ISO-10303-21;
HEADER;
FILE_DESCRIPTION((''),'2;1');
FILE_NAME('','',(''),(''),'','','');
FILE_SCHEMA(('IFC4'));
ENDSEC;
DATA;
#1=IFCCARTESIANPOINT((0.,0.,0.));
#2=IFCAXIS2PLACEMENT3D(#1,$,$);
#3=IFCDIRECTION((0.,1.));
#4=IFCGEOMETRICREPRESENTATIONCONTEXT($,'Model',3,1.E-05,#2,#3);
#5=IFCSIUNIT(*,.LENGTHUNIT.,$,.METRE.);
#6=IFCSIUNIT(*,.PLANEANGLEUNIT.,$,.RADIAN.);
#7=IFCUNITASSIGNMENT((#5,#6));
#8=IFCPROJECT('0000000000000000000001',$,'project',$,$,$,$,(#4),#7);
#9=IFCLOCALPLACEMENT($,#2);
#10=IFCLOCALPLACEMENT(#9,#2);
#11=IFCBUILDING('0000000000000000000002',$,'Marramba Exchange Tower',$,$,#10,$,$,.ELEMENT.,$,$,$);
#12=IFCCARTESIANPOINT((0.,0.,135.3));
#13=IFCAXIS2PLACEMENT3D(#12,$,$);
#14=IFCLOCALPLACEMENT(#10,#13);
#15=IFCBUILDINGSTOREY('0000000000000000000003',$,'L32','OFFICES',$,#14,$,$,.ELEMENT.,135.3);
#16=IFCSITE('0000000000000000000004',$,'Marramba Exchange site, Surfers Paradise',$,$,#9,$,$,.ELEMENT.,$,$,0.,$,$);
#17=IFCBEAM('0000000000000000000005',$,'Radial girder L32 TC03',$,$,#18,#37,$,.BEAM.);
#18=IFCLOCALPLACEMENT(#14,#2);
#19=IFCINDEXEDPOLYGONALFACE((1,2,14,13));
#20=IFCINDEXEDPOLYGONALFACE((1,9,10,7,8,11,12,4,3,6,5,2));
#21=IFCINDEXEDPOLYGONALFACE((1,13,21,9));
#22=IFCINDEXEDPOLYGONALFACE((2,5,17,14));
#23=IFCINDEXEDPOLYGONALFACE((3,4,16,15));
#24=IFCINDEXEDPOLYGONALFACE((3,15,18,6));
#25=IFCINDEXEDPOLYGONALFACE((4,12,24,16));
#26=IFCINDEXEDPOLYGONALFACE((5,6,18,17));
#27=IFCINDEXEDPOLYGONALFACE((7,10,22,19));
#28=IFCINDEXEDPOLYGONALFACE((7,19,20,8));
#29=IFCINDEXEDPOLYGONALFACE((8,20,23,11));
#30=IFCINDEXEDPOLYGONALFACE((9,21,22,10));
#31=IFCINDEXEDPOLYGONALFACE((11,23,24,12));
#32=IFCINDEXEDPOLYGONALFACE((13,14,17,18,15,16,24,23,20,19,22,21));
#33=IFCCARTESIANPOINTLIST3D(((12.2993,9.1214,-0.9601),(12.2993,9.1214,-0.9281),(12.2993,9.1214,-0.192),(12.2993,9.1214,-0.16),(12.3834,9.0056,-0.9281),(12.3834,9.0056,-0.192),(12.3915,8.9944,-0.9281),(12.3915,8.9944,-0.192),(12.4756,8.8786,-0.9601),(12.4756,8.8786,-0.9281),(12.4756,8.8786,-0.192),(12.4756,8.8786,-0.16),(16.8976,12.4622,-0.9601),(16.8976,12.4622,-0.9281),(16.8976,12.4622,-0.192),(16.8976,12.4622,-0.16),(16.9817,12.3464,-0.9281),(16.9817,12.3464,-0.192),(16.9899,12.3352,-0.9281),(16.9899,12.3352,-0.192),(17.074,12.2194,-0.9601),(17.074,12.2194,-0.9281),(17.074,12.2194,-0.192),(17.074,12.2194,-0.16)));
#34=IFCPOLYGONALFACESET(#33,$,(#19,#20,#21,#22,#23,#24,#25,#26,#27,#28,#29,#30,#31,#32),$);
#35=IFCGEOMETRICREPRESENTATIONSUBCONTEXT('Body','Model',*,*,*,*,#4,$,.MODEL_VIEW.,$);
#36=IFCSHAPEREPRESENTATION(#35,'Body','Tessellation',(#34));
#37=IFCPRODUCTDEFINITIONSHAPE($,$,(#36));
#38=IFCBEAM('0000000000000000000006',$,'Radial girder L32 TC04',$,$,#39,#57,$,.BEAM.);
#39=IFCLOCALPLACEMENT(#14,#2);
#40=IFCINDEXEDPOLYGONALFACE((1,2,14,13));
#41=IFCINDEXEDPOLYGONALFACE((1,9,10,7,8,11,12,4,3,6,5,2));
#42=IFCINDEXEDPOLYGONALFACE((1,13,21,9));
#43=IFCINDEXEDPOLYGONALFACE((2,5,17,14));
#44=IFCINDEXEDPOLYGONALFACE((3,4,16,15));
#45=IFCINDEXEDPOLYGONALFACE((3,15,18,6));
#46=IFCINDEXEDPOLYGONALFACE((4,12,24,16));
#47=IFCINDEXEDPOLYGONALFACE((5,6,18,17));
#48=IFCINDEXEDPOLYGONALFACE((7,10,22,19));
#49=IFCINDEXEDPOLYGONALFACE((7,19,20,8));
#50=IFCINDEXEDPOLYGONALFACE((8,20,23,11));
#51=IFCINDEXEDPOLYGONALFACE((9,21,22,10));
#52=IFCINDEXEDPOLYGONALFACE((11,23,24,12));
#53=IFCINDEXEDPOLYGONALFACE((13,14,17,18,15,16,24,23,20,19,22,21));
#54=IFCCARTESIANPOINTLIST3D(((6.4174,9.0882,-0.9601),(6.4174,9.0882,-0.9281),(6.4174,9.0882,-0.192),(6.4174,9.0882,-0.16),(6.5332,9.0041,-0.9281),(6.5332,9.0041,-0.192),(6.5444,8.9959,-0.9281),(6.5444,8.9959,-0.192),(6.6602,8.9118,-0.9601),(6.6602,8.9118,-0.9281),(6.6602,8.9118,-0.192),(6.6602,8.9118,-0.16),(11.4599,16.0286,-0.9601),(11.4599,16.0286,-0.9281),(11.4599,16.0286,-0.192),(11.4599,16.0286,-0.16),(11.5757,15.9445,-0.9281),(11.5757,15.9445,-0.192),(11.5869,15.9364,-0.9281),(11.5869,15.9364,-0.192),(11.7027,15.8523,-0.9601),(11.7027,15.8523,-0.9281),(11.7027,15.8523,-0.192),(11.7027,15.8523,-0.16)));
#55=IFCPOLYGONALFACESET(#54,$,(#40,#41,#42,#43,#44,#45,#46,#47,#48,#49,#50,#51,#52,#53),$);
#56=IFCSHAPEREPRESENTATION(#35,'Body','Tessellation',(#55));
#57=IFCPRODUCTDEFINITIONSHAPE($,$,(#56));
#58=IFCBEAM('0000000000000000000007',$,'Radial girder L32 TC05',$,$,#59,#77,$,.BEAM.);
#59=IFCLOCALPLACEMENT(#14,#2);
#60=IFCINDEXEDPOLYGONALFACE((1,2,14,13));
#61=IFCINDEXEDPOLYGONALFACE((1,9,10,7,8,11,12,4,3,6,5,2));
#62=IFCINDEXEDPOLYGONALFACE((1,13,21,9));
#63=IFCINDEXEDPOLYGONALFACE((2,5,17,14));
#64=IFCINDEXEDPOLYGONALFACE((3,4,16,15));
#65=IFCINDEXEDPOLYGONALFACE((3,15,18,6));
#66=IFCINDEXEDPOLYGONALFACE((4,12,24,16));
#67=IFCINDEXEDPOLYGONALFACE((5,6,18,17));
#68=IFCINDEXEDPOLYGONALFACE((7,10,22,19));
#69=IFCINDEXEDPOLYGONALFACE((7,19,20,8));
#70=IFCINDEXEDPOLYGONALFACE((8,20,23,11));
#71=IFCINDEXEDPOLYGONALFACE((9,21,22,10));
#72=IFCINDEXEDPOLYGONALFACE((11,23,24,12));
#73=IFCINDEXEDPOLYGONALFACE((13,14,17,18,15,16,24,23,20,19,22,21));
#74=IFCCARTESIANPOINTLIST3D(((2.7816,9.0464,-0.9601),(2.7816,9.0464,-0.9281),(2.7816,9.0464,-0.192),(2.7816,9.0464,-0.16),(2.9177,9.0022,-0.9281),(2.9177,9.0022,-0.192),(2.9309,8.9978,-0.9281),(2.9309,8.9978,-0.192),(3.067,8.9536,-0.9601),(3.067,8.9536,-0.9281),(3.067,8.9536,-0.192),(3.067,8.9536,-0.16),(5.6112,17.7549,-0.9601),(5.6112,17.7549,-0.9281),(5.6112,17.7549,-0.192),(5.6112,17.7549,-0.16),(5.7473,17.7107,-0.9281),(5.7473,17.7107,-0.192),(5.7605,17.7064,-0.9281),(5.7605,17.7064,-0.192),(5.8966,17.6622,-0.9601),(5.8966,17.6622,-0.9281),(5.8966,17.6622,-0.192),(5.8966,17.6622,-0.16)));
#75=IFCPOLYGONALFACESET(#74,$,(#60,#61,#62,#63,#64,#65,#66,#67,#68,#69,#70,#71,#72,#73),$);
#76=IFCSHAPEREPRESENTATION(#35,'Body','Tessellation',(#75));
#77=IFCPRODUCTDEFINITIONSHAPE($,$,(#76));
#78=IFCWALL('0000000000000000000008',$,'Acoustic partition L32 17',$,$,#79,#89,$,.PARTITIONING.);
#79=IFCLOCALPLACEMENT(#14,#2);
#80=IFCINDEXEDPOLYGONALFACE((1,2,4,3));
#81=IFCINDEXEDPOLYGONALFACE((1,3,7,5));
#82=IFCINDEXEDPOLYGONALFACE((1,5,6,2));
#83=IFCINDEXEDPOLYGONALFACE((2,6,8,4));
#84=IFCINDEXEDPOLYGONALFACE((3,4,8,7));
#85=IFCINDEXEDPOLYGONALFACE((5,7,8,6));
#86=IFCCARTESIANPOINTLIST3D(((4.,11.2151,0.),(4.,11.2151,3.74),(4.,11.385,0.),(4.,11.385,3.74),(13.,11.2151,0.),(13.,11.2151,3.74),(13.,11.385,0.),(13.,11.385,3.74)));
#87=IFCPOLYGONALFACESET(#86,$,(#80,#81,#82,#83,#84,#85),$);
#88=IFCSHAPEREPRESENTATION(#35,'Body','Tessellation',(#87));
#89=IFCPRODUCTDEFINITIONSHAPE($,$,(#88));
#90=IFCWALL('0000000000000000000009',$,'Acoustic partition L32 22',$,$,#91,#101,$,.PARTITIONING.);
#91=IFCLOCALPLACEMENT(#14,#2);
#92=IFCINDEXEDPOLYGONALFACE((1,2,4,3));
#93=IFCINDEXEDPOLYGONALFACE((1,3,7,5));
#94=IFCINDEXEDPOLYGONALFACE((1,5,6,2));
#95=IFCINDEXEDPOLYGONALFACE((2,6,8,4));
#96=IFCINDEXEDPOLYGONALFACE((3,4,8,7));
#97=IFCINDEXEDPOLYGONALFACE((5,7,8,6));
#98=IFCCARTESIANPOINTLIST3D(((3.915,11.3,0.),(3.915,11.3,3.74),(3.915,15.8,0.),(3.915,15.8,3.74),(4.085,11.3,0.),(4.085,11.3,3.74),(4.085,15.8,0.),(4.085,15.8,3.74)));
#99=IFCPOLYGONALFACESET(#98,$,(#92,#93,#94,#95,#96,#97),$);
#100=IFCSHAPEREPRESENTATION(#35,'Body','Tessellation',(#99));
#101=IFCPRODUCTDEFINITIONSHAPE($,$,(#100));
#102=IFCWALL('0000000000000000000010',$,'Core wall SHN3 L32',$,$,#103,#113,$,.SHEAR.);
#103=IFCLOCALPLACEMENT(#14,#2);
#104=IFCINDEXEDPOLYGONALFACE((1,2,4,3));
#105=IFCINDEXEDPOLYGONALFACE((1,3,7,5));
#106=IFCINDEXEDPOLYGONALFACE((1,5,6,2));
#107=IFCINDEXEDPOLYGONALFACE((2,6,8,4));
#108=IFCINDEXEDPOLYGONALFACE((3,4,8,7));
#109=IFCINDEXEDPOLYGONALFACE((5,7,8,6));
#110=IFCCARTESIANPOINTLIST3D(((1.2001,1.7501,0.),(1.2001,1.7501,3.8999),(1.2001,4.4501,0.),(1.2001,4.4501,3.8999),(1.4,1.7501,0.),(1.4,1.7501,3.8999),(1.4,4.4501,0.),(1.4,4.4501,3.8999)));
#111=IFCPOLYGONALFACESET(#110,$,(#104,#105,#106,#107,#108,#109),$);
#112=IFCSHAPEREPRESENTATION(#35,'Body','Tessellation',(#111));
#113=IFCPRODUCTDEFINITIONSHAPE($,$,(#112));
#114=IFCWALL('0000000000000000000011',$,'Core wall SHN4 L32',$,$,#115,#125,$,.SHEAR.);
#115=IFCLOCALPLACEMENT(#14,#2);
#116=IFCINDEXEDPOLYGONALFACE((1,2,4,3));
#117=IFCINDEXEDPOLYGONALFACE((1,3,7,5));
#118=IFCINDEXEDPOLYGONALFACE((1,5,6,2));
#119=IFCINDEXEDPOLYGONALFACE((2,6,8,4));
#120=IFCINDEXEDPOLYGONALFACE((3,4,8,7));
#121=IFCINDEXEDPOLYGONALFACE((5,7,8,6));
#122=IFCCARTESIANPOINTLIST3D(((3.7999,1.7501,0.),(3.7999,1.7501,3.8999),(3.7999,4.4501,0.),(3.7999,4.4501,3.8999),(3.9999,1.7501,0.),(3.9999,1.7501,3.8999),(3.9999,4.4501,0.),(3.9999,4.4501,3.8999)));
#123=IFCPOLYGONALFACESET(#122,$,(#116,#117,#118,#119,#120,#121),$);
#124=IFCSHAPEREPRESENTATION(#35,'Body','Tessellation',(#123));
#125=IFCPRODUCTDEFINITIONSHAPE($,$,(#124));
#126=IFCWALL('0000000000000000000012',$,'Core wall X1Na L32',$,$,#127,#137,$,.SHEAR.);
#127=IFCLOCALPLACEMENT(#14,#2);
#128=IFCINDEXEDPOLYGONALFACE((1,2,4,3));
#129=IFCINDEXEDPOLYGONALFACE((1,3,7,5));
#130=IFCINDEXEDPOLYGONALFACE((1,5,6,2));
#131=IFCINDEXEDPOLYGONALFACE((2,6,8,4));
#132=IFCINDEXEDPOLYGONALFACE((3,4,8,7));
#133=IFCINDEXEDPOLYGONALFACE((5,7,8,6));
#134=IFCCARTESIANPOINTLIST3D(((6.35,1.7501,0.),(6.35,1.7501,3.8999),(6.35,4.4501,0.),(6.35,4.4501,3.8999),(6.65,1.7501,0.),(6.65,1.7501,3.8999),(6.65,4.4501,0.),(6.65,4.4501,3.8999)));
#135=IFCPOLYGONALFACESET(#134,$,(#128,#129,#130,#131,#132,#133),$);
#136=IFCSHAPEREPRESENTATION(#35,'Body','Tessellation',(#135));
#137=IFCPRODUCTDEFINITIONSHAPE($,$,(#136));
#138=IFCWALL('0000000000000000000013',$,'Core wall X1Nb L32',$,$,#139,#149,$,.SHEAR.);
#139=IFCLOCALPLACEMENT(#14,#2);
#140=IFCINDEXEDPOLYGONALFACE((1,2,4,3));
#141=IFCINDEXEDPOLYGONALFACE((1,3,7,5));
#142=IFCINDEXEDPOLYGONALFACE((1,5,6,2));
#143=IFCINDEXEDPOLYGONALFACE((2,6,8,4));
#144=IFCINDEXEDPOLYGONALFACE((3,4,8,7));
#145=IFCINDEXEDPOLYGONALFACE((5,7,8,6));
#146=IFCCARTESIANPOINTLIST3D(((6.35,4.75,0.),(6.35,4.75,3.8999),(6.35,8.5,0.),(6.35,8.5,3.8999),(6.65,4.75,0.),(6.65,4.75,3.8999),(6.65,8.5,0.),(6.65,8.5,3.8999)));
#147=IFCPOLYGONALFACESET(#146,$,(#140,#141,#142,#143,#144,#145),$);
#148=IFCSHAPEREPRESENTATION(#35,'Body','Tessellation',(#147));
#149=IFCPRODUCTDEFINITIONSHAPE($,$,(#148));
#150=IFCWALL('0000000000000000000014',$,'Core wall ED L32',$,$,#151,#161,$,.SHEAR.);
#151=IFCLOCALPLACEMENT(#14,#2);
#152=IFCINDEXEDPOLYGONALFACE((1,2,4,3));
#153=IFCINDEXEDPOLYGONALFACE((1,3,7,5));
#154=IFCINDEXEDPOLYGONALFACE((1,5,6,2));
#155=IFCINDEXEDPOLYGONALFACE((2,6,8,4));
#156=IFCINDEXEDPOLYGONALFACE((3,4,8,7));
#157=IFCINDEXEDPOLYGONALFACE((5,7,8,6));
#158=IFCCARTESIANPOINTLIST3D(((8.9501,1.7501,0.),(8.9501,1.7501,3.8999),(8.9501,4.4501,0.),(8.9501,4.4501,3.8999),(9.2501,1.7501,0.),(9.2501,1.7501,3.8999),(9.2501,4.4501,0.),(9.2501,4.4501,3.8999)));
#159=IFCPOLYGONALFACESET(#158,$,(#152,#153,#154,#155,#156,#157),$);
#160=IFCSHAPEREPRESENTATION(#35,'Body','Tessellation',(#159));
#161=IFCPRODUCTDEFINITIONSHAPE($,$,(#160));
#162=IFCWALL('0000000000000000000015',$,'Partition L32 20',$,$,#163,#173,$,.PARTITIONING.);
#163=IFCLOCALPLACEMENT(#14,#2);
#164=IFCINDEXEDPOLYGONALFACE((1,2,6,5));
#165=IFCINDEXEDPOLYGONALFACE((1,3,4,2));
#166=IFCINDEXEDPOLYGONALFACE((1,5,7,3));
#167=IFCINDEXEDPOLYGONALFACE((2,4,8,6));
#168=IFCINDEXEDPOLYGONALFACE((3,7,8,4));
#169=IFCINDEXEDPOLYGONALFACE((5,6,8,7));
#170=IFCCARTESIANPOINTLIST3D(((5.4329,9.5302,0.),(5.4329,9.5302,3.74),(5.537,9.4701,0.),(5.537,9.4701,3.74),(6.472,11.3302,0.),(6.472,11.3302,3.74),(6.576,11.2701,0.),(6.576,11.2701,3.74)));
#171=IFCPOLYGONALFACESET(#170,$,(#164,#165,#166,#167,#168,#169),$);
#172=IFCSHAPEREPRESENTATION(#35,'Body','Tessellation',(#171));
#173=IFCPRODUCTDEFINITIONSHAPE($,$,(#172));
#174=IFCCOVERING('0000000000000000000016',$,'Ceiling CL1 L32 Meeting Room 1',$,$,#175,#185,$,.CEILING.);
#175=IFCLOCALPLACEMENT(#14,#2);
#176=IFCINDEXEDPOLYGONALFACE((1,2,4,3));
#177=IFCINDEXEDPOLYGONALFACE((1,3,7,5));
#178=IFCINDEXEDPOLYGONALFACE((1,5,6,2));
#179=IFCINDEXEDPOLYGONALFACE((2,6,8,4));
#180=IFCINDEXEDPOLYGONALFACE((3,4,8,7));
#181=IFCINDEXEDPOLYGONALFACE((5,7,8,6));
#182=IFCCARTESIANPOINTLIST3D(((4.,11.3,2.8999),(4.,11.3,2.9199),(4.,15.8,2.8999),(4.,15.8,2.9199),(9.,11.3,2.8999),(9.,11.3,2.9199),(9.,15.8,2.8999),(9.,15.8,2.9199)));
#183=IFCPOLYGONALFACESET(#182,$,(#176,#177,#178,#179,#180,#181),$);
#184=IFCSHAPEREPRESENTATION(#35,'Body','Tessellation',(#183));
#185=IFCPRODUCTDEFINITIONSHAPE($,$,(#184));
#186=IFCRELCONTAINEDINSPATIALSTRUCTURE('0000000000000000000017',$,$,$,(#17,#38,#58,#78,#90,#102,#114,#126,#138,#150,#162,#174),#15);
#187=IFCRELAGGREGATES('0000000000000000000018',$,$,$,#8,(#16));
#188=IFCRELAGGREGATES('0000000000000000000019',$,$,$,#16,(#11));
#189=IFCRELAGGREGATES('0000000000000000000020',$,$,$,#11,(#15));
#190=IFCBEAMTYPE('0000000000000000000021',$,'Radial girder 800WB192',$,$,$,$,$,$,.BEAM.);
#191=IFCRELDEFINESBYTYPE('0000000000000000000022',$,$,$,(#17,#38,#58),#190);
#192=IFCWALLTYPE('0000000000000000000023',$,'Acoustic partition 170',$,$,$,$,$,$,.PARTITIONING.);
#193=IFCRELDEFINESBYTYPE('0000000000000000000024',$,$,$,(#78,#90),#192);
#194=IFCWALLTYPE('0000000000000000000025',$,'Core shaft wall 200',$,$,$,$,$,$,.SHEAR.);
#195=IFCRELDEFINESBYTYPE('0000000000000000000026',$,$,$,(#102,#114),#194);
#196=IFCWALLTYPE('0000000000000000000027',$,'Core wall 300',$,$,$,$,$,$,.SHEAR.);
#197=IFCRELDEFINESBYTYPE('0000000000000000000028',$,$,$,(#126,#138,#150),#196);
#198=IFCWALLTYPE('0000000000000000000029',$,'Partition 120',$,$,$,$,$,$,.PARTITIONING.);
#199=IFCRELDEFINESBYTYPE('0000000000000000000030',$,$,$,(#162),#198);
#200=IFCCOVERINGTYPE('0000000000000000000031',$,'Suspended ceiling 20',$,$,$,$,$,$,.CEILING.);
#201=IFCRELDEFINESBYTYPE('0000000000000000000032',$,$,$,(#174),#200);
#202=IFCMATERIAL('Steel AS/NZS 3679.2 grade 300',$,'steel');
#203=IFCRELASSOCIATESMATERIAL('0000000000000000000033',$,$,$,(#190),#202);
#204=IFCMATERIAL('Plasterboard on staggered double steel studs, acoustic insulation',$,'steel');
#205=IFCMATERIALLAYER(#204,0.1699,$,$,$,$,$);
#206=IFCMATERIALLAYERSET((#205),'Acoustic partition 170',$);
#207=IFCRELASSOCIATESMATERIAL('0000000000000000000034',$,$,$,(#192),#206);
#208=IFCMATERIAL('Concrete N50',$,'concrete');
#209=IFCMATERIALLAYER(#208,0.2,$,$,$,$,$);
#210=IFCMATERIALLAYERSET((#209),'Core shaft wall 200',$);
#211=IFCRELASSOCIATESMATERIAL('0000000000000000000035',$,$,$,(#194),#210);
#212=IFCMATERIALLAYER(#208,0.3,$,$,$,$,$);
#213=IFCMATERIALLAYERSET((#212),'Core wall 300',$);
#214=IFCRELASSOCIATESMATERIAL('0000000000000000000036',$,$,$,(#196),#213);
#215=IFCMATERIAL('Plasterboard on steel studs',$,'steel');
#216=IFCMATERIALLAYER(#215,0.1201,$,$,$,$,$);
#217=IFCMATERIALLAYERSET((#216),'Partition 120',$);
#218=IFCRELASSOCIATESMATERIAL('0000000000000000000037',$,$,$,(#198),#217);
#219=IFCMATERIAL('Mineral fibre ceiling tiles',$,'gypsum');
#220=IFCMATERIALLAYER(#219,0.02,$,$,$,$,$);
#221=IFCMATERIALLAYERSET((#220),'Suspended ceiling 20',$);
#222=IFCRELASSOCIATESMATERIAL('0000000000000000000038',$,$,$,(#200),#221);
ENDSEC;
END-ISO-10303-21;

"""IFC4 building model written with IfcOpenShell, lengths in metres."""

from ifc_helpers import new_model, si_unit, direction, frame, frame_2d, origin, origin_2d, place, context, subcontext, project, spatial, polyline, rectangle, i_section, outline, extrude, material, layer, layer_set, material_profile, profile_set, type_object, element, save


model = new_model("IFC4")

# Units and contexts
model_context = context("Model", 3, precision=1e-05, world=origin(), true_north=direction((0.0, 1.0)))
body_context = subcontext(model_context, "Body", "Model", "MODEL_VIEW")
ifc_project = project(units=[si_unit("LENGTHUNIT", "METRE"), si_unit("PLANEANGLEUNIT", "RADIAN")], contexts=[model_context])

# Site, building, storey
site_placement = place(None, origin())
site = spatial("IfcSite", under=ifc_project, at=site_placement, Name="Marramba Exchange site, Surfers Paradise", CompositionType="ELEMENT", RefElevation=0.0)
building_placement = place(site_placement, origin())
building = spatial("IfcBuilding", under=site, at=building_placement, Name="Marramba Exchange Tower", CompositionType="ELEMENT")
storey_placement = place(building_placement, frame((0.0, 0.0, 135.3)))
storey = spatial("IfcBuildingStorey", under=building, at=storey_placement, Name="L32", Description="OFFICES", CompositionType="ELEMENT", Elevation=135.3)

# Beams
ifc_material_1 = material(Name="Steel AS/NZS 3679.2 grade 300", Category="steel")
ifc_material_profile_1 = material_profile(ifc_material_1, i_section(OverallWidth=0.3, OverallDepth=0.8, WebThickness=0.0139, FlangeThickness=0.032, at=origin_2d()), Name="800WB192")
ifc_profile_set_1 = profile_set([ifc_material_profile_1], Name="Steel AS/NZS 3679.2 grade 300")
beam_type_1 = type_object("IfcBeamType", Name="Radial girder 800WB192", PredefinedType="BEAM", material=ifc_profile_set_1)
beam_1_placement = place(storey_placement, frame((12.3875, 9.0, -0.5601), z_axis=(0.809026, 0.587773, 0.0), x_axis=(-0.587773, 0.809026, 0.0)))
element("IfcBeam", 1, at=beam_1_placement, inside=storey, type_object=beam_type_1, Name="Radial girder L32 TC03", PredefinedType="BEAM", context=body_context, shape_type="SweptSolid", body=[
    extrude(i_section(OverallWidth=0.3, OverallDepth=0.8, WebThickness=0.0139, FlangeThickness=0.032, at=origin_2d()), origin(), (0.0, 0.0, 1.0), 5.6838),
])
beam_2_placement = place(storey_placement, frame((6.5388, 9.0, -0.5601), z_axis=(0.587782, 0.809019, 0.0), x_axis=(-0.809019, 0.587782, 0.0)))
element("IfcBeam", 2, at=beam_2_placement, inside=storey, type_object=beam_type_1, Name="Radial girder L32 TC04", PredefinedType="BEAM", context=body_context, shape_type="SweptSolid", body=[
    extrude(i_section(OverallWidth=0.3, OverallDepth=0.8, WebThickness=0.0139, FlangeThickness=0.032, at=origin_2d()), origin(), (0.0, 0.0, 1.0), 8.5789),
])
beam_3_placement = place(storey_placement, frame((2.9243, 9.0, -0.5601), z_axis=(0.30902, 0.951056, 0.0), x_axis=(-0.951056, 0.30902, 0.0)))
element("IfcBeam", 3, at=beam_3_placement, inside=storey, type_object=beam_type_1, Name="Radial girder L32 TC05", PredefinedType="BEAM", context=body_context, shape_type="SweptSolid", body=[
    extrude(i_section(OverallWidth=0.3, OverallDepth=0.8, WebThickness=0.0139, FlangeThickness=0.032, at=origin_2d()), origin(), (0.0, 0.0, 1.0), 9.1567),
])

# Shared definitions
ifc_material_2 = material(Name="Plasterboard on staggered double steel studs, acoustic insulation", Category="steel")
ifc_layer_1 = layer(ifc_material_2, 0.1699)
ifc_layer_set_1 = layer_set([ifc_layer_1], Name="Acoustic partition 170")
wall_type_1 = type_object("IfcWallType", Name="Acoustic partition 170", PredefinedType="PARTITIONING", material=ifc_layer_set_1)

# Walls
wall_1_placement = place(storey_placement, frame((4.0, 11.3, 0.0), z_axis=(0.0, 0.0, 1.0), x_axis=(1.0, 0.0, 0.0)))
element("IfcWall", 4, at=wall_1_placement, inside=storey, type_object=wall_type_1, Name="Acoustic partition L32 17", PredefinedType="PARTITIONING", context=body_context, shape_type="SweptSolid", body=[
    extrude(rectangle(XDim=9.0, YDim=0.1699, at=frame_2d((4.5, 0.0))), origin(), (0.0, 0.0, 1.0), 3.74),
])
wall_2_placement = place(storey_placement, frame((4.0, 15.8, 0.0), z_axis=(0.0, 0.0, 1.0), x_axis=(0.0, -1.0, 0.0)))
element("IfcWall", 5, at=wall_2_placement, inside=storey, type_object=wall_type_1, Name="Acoustic partition L32 22", PredefinedType="PARTITIONING", context=body_context, shape_type="SweptSolid", body=[
    extrude(rectangle(XDim=4.5, YDim=0.1699, at=frame_2d((2.25, 0.0))), origin(), (0.0, 0.0, 1.0), 3.74),
])
ifc_material_3 = material(Name="Concrete N50", Category="concrete")
ifc_layer_2 = layer(ifc_material_3, 0.2)
ifc_layer_set_2 = layer_set([ifc_layer_2], Name="Core shaft wall 200")
wall_type_2 = type_object("IfcWallType", Name="Core shaft wall 200", PredefinedType="SHEAR", material=ifc_layer_set_2)
for number, where, z_axis, x_axis, name in (
    (6, (1.3, 1.75, 0.0), (0.0, 0.0, 1.0), (0.0, 1.0, 0.0), "Core wall SHN3 L32"),
    (7, (3.8999, 1.75, 0.0), (0.0, 0.0, 1.0), (0.0, 1.0, 0.0), "Core wall SHN4 L32"),
):
    element("IfcWall", number, at=place(storey_placement, frame(where, z_axis=z_axis, x_axis=x_axis)), inside=storey, type_object=wall_type_2, Name=name, PredefinedType="SHEAR", context=body_context, shape_type="SweptSolid", body=[
        extrude(rectangle(XDim=2.7, YDim=0.2, at=frame_2d((1.3501, 0.0))), origin(), (0.0, 0.0, 1.0), 3.8999),
    ])
ifc_layer_3 = layer(ifc_material_3, 0.3)
ifc_layer_set_3 = layer_set([ifc_layer_3], Name="Core wall 300")
wall_type_3 = type_object("IfcWallType", Name="Core wall 300", PredefinedType="SHEAR", material=ifc_layer_set_3)
wall_3_placement = place(storey_placement, frame((6.5, 1.75, 0.0), z_axis=(0.0, 0.0, 1.0), x_axis=(0.0, 1.0, 0.0)))
element("IfcWall", 8, at=wall_3_placement, inside=storey, type_object=wall_type_3, Name="Core wall X1Na L32", PredefinedType="SHEAR", context=body_context, shape_type="SweptSolid", body=[
    extrude(rectangle(XDim=2.7, YDim=0.3, at=frame_2d((1.3501, 0.0))), origin(), (0.0, 0.0, 1.0), 3.8999),
])
wall_4_placement = place(storey_placement, frame((6.5, 4.75, 0.0), z_axis=(0.0, 0.0, 1.0), x_axis=(0.0, 1.0, 0.0)))
element("IfcWall", 9, at=wall_4_placement, inside=storey, type_object=wall_type_3, Name="Core wall X1Nb L32", PredefinedType="SHEAR", context=body_context, shape_type="SweptSolid", body=[
    extrude(rectangle(XDim=3.75, YDim=0.3, at=frame_2d((1.875, 0.0))), origin(), (0.0, 0.0, 1.0), 3.8999),
])
wall_5_placement = place(storey_placement, frame((9.1001, 1.75, 0.0), z_axis=(0.0, 0.0, 1.0), x_axis=(0.0, 1.0, 0.0)))
element("IfcWall", 10, at=wall_5_placement, inside=storey, type_object=wall_type_3, Name="Core wall ED L32", PredefinedType="SHEAR", context=body_context, shape_type="SweptSolid", body=[
    extrude(rectangle(XDim=2.7, YDim=0.3, at=frame_2d((1.3501, 0.0))), origin(), (0.0, 0.0, 1.0), 3.8999),
])
ifc_material_4 = material(Name="Plasterboard on steel studs", Category="steel")
ifc_layer_4 = layer(ifc_material_4, 0.1201)
ifc_layer_set_4 = layer_set([ifc_layer_4], Name="Partition 120")
wall_type_4 = type_object("IfcWallType", Name="Partition 120", PredefinedType="PARTITIONING", material=ifc_layer_set_4)
wall_6_placement = place(storey_placement, frame((6.5239, 11.3, 0.0), z_axis=(0.0, 0.0, 1.0), x_axis=(-0.499929, -0.866066, 0.0)))
element("IfcWall", 11, at=wall_6_placement, inside=storey, type_object=wall_type_4, Name="Partition L32 20", PredefinedType="PARTITIONING", context=body_context, shape_type="SweptSolid", body=[
    extrude(rectangle(XDim=2.0784, YDim=0.1201, at=frame_2d((1.0391, 0.0))), origin(), (0.0, 0.0, 1.0), 3.74),
])

# Covering
ifc_material_5 = material(Name="Mineral fibre ceiling tiles", Category="gypsum")
ifc_layer_5 = layer(ifc_material_5, 0.02)
ifc_layer_set_5 = layer_set([ifc_layer_5], Name="Suspended ceiling 20")
covering_type = type_object("IfcCoveringType", Name="Suspended ceiling 20", PredefinedType="CEILING", material=ifc_layer_set_5)
covering_1_placement = place(storey_placement, frame((0.0, 0.0, 2.8999)))
element("IfcCovering", 12, at=covering_1_placement, inside=storey, type_object=covering_type, Name="Ceiling CL1 L32 Meeting Room 1", PredefinedType="CEILING", context=body_context, shape_type="SweptSolid", body=[
    extrude(outline(polyline([(9.0, 15.8), (9.0, 11.3), (4.0, 11.3), (4.0, 15.8), (9.0, 15.8)])), origin(), (0.0, 0.0, 1.0), 0.02),
])

save(model, "model.ifc")
